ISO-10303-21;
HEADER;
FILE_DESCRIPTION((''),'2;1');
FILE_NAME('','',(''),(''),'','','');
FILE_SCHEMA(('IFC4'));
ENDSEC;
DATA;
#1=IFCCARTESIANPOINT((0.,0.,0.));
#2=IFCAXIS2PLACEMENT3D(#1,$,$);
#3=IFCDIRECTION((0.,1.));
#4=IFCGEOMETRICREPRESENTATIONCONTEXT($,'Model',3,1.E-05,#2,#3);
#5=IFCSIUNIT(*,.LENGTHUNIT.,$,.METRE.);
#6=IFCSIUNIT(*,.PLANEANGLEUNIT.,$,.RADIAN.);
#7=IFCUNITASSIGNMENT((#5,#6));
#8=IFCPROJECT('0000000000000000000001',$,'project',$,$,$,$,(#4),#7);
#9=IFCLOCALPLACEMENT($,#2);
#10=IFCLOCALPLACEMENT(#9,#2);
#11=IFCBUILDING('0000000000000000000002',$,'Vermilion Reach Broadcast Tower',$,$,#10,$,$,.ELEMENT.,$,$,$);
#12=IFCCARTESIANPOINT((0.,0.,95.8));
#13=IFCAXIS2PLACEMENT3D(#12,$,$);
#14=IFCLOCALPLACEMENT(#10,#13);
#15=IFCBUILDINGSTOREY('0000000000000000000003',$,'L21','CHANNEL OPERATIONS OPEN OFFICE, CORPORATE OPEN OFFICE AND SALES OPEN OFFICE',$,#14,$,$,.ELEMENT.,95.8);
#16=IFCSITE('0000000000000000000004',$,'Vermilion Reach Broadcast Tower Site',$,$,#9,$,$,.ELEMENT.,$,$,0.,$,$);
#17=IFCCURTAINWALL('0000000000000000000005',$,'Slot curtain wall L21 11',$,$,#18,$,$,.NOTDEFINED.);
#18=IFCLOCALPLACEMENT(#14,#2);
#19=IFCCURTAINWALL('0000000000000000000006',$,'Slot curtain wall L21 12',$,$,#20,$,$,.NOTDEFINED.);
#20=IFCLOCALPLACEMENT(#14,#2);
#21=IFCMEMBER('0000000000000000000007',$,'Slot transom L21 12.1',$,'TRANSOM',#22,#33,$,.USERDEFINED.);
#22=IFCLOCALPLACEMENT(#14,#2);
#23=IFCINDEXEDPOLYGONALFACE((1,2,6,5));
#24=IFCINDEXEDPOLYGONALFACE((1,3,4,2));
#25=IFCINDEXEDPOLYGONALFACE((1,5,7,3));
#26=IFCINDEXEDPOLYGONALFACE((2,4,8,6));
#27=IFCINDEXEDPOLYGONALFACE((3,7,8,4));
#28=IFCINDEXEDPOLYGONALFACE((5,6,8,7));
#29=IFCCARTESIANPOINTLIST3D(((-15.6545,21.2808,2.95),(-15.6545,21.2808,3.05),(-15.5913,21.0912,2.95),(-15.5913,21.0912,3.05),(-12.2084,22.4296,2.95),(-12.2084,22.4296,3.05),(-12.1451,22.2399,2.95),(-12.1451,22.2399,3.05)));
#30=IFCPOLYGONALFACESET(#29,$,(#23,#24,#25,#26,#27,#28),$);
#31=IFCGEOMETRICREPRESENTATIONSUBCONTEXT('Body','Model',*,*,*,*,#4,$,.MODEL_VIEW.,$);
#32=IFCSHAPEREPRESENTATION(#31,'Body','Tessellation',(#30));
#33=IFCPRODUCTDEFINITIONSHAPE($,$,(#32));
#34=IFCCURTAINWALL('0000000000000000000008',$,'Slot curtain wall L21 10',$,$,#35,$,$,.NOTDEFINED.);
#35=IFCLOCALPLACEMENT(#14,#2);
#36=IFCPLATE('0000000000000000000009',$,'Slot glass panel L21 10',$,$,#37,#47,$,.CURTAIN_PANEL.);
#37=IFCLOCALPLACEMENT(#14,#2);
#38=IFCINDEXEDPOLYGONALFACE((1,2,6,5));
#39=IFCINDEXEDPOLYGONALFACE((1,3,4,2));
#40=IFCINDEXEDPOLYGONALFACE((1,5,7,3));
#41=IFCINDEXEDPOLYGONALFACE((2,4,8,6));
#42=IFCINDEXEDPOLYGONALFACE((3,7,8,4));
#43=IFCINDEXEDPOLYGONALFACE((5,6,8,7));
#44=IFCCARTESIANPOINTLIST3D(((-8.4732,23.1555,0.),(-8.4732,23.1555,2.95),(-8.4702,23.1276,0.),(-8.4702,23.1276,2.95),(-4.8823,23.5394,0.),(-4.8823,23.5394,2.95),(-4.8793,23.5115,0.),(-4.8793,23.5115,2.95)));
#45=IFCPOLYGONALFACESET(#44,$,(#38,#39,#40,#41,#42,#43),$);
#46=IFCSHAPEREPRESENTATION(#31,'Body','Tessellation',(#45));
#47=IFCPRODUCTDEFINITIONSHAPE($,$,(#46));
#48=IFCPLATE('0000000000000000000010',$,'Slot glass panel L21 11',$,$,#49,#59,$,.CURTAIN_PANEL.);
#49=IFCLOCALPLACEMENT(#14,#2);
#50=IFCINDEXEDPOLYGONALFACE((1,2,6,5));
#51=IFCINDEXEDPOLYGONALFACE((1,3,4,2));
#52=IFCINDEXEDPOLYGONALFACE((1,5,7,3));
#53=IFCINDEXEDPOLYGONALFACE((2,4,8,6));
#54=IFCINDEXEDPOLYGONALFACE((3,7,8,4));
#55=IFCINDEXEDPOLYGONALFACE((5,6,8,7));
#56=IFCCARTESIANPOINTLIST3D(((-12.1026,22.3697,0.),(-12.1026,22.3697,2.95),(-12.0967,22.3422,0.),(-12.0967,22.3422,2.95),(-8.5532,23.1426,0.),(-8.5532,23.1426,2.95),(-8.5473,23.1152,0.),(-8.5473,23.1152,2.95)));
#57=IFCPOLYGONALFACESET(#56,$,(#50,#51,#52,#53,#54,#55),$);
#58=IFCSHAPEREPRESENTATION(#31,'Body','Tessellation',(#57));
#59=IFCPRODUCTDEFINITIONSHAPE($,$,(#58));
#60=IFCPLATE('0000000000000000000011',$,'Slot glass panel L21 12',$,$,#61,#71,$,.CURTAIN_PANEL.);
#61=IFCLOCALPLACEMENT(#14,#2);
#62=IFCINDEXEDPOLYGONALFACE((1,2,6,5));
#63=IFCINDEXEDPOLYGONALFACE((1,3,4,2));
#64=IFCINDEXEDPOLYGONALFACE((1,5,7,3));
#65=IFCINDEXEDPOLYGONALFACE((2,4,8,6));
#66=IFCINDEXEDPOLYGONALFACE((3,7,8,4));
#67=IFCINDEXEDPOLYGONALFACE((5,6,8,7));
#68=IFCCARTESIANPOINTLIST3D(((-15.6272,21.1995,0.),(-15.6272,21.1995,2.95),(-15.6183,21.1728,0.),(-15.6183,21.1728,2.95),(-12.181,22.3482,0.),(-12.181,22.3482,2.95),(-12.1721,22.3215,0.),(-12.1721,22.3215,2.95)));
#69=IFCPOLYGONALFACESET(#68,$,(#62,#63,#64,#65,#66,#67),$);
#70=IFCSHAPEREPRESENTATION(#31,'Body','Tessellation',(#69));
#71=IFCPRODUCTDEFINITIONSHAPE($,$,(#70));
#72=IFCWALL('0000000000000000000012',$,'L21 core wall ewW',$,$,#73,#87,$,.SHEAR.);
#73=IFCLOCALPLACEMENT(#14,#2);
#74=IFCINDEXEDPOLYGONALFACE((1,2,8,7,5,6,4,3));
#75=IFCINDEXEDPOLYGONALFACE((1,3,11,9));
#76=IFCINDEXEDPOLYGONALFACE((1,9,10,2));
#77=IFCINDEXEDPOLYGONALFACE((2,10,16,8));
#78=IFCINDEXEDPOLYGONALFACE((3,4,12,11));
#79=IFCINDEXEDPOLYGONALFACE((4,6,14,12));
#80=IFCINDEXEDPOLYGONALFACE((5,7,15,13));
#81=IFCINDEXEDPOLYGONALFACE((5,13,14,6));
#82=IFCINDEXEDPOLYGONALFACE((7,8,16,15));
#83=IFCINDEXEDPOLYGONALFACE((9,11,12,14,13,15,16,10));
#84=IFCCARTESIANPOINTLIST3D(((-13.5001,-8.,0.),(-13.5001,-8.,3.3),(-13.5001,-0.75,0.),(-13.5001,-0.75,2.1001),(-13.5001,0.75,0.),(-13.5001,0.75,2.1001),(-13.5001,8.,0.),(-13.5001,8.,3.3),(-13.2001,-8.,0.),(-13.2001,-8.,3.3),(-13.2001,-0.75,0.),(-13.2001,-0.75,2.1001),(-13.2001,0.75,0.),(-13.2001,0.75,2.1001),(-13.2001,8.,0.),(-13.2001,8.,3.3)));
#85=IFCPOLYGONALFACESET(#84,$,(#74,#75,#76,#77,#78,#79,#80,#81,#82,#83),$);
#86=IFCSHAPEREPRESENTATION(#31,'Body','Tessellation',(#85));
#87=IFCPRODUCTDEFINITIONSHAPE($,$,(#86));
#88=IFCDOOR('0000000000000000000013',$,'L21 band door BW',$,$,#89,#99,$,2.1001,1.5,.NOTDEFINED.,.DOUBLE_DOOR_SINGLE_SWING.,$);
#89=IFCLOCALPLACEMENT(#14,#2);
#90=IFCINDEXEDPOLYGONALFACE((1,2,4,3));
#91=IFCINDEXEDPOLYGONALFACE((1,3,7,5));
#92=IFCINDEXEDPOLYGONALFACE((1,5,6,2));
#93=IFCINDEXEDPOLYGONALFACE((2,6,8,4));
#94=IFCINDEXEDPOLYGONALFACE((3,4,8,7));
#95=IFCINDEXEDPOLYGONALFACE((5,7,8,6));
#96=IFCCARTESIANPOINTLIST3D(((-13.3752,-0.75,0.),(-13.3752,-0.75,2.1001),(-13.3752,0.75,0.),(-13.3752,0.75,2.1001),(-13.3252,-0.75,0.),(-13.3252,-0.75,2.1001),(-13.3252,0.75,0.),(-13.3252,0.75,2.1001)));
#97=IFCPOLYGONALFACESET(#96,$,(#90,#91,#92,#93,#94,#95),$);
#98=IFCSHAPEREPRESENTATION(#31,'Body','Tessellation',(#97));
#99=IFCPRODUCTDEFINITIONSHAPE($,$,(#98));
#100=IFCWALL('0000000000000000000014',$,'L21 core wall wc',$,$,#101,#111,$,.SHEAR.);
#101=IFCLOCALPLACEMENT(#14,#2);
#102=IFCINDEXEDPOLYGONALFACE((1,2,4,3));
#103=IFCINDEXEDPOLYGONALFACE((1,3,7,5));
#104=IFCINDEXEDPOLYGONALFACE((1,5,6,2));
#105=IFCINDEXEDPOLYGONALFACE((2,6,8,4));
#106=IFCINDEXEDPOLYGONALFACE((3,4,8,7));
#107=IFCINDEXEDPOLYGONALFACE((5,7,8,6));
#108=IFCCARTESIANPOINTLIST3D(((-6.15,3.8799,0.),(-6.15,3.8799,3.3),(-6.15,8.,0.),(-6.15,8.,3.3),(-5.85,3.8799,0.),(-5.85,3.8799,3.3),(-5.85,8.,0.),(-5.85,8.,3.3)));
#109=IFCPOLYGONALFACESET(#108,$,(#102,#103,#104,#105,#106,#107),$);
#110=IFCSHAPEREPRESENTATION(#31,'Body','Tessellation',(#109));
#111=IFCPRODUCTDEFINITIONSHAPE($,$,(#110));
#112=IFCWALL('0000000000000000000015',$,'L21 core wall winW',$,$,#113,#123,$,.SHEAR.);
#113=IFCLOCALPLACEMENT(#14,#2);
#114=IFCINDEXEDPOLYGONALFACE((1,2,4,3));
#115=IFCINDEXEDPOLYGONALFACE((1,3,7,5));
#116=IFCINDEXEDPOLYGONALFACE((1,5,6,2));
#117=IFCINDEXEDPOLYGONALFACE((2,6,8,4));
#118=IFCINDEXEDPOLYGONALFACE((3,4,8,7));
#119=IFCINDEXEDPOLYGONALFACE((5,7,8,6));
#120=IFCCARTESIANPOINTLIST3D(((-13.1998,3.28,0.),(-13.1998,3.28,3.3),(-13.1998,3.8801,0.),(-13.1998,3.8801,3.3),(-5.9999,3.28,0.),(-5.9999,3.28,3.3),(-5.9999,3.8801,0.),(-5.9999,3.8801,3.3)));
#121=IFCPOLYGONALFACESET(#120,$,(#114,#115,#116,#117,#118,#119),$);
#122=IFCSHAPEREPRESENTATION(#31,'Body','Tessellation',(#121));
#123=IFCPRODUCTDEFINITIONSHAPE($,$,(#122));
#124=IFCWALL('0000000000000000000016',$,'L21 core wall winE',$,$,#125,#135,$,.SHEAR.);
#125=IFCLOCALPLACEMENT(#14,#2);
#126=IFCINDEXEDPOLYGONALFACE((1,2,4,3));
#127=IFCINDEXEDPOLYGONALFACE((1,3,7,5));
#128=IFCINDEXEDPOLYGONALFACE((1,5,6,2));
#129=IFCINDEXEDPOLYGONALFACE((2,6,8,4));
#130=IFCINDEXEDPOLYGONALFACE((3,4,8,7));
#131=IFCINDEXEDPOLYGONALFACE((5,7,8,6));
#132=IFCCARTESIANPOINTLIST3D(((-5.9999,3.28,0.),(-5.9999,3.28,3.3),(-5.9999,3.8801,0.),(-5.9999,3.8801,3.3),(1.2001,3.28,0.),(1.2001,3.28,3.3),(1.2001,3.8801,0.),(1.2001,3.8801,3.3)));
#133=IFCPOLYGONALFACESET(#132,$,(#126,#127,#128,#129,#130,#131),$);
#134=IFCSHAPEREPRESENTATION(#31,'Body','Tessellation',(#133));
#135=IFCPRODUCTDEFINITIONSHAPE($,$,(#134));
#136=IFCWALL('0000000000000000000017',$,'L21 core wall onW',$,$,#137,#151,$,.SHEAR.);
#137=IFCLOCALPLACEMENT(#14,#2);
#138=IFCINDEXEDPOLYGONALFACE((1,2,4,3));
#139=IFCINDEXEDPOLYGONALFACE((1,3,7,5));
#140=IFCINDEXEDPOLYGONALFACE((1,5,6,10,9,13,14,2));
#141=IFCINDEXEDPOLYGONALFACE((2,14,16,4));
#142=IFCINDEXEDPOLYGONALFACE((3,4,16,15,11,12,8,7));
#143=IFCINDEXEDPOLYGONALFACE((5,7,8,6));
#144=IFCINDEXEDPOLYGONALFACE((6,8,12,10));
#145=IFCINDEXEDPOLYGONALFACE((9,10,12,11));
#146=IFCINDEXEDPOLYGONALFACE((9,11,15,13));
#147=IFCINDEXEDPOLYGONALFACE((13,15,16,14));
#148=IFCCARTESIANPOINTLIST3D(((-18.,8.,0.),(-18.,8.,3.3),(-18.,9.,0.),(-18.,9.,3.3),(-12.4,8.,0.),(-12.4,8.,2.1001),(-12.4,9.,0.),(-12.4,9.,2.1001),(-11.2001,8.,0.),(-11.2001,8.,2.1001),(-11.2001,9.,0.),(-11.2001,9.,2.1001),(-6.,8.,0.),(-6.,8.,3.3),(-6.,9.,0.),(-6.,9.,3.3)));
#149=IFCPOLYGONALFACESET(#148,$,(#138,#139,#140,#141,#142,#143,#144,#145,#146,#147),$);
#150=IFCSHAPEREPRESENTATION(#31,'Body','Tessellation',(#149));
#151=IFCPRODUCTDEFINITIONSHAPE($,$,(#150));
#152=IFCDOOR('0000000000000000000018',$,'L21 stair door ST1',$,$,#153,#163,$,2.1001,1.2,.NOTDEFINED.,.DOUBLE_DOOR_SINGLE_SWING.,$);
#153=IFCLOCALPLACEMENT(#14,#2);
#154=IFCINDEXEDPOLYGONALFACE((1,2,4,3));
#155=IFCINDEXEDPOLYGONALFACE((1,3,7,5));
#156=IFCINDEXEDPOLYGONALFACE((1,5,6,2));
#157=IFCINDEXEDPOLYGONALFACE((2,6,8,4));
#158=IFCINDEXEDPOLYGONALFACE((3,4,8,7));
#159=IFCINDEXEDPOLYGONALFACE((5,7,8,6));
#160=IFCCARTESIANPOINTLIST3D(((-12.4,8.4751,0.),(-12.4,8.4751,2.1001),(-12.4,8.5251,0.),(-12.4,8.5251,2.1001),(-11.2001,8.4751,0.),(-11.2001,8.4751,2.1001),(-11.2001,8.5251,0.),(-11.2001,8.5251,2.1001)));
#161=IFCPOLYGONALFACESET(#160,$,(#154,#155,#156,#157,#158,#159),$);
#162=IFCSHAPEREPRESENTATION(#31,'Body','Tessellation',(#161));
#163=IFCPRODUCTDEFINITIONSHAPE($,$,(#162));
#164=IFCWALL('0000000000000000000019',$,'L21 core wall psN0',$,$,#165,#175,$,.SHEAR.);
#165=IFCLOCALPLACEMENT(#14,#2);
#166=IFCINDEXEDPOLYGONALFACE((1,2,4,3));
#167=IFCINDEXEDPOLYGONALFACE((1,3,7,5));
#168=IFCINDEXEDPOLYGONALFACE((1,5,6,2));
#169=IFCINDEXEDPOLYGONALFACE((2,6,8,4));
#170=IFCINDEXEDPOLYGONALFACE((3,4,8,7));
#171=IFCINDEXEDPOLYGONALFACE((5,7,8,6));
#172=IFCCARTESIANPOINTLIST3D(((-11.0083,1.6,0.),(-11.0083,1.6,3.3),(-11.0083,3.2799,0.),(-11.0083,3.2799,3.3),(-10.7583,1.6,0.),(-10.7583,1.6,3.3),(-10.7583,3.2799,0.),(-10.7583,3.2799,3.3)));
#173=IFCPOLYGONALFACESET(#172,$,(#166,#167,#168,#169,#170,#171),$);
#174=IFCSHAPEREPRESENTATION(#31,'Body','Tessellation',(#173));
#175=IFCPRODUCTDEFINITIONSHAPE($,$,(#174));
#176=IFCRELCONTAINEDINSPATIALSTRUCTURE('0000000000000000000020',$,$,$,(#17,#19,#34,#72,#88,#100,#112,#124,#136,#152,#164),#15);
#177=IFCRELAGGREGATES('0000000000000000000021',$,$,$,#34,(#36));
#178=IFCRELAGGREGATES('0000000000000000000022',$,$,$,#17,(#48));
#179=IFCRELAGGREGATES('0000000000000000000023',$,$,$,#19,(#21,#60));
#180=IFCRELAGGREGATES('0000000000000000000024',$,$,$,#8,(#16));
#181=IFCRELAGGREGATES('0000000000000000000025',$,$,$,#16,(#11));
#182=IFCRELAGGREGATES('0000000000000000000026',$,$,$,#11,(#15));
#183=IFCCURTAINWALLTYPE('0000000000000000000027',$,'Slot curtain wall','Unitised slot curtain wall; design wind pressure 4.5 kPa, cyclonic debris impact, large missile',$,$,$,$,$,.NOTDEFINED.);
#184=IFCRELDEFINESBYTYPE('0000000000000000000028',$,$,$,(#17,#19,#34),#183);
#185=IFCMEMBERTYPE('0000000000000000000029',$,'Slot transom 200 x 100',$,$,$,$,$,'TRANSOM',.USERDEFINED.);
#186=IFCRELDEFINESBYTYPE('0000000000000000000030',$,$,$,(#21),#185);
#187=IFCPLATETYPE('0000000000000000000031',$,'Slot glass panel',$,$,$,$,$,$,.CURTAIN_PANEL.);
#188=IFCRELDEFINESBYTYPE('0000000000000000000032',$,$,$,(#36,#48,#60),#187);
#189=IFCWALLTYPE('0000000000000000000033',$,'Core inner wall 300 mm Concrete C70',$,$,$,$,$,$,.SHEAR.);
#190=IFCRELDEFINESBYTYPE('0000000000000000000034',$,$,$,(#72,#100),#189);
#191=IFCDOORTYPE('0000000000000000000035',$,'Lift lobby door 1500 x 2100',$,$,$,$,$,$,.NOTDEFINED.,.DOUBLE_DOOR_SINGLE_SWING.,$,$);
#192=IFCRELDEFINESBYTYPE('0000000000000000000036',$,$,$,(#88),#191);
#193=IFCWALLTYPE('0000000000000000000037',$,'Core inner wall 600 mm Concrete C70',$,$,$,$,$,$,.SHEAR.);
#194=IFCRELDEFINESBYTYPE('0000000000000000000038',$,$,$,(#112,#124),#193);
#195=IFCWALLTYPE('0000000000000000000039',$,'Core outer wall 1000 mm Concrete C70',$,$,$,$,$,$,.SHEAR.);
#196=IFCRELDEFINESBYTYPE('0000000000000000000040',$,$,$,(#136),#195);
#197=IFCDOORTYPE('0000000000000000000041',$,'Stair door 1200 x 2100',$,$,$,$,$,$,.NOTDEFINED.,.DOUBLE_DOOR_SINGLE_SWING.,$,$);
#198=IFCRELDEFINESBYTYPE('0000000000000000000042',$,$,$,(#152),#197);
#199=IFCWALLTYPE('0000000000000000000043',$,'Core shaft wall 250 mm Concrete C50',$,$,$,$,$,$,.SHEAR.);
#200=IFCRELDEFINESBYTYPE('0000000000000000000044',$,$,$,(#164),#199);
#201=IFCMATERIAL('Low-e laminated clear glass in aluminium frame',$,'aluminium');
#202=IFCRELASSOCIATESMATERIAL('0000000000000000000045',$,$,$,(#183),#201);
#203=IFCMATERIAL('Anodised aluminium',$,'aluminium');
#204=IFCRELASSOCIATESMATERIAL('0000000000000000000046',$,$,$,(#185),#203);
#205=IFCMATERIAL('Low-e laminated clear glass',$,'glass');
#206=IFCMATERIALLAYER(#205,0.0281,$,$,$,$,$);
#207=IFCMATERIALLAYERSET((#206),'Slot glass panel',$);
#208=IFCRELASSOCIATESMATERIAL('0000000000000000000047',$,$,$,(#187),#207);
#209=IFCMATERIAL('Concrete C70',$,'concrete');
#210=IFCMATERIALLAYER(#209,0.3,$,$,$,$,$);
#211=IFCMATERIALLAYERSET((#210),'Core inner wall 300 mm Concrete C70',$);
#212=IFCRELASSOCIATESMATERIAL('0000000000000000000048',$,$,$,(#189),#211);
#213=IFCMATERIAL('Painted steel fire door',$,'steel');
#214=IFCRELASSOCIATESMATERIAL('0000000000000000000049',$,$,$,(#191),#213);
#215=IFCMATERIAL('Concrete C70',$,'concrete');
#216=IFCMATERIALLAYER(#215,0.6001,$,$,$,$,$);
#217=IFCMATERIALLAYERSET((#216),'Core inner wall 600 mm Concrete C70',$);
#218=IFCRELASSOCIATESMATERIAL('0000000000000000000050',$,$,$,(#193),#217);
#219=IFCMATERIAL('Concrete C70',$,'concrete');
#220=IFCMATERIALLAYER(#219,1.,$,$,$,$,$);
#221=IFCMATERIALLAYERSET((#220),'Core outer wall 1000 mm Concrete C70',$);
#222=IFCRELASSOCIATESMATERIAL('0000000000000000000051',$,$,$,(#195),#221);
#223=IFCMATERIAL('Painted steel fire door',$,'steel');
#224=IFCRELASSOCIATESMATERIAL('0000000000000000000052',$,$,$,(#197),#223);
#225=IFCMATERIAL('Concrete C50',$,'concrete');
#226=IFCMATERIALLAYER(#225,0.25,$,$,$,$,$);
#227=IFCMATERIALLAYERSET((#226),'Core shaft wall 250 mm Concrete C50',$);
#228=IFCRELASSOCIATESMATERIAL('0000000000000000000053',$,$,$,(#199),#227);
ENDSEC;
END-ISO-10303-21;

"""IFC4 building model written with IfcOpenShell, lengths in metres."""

from ifc_helpers import new_model, si_unit, direction, frame, frame_2d, origin, origin_2d, place, context, subcontext, project, spatial, rectangle, extrude, material, layer, layer_set, material_profile, profile_set, type_object, element, fill, aggregate, save


model = new_model("IFC4")

# Units and contexts
model_context = context("Model", 3, precision=1e-05, world=origin(), true_north=direction((0.0, 1.0)))
body_context = subcontext(model_context, "Body", "Model", "MODEL_VIEW")
ifc_project = project(units=[si_unit("LENGTHUNIT", "METRE"), si_unit("PLANEANGLEUNIT", "RADIAN")], contexts=[model_context])

# Site, building, storey
site_placement = place(None, origin())
site = spatial("IfcSite", under=ifc_project, at=site_placement, Name="Vermilion Reach Broadcast Tower Site", CompositionType="ELEMENT", RefElevation=0.0)
building_placement = place(site_placement, origin())
building = spatial("IfcBuilding", under=site, at=building_placement, Name="Vermilion Reach Broadcast Tower", CompositionType="ELEMENT")
storey_placement = place(building_placement, frame((0.0, 0.0, 95.8)))
storey = spatial("IfcBuildingStorey", under=building, at=storey_placement, Name="L21", Description="CHANNEL OPERATIONS OPEN OFFICE, CORPORATE OPEN OFFICE AND SALES OPEN OFFICE", CompositionType="ELEMENT", Elevation=95.8)

# Curtain walls
ifc_material_1 = material(Name="Low-e laminated clear glass in aluminium frame", Category="aluminium")
curtain_wall_type = type_object("IfcCurtainWallType", Name="Slot curtain wall", Description="Unitised slot curtain wall; design wind pressure 4.5 kPa, cyclonic debris impact, large missile", PredefinedType="NOTDEFINED", material=ifc_material_1)
placement = place(storey_placement, origin())
curtain_wall_1 = element("IfcCurtainWall", 1, at=placement, inside=storey, type_object=curtain_wall_type, Name="Slot curtain wall L21 11", PredefinedType="NOTDEFINED")
curtain_wall_2 = element("IfcCurtainWall", 2, at=placement, inside=storey, type_object=curtain_wall_type, Name="Slot curtain wall L21 12", PredefinedType="NOTDEFINED")

# Member
ifc_material_2 = material(Name="Anodised aluminium", Category="aluminium")
ifc_material_profile_1 = material_profile(ifc_material_2, rectangle(XDim=0.2, YDim=0.1001, at=origin_2d()), Name="Slot transom 200 x 100")
ifc_profile_set_1 = profile_set([ifc_material_profile_1], Name="Anodised aluminium")
member_type_1 = type_object("IfcMemberType", Name="Slot transom 200 x 100", ElementType="TRANSOM", PredefinedType="USERDEFINED", material=ifc_profile_set_1)
member_1_placement = place(storey_placement, frame((-12.1768, 22.3347, 3.0), z_axis=(-0.948683, -0.316228, 0.0), x_axis=(0.316228, -0.948683, 0.0)))
member_1 = element("IfcMember", 3, at=member_1_placement, type_object=member_type_1, Name="Slot transom L21 12.1", ObjectType="TRANSOM", PredefinedType="USERDEFINED", context=body_context, shape_type="SweptSolid", body=[
    extrude(rectangle(XDim=0.2, YDim=0.1001, at=origin_2d()), origin(), (0.0, 0.0, 1.0), 3.6326),
])

# Curtain wall, plate
curtain_wall_3 = element("IfcCurtainWall", 4, at=placement, inside=storey, type_object=curtain_wall_type, Name="Slot curtain wall L21 10", PredefinedType="NOTDEFINED")
ifc_material_3 = material(Name="Low-e laminated clear glass", Category="glass")
ifc_layer_1 = layer(ifc_material_3, 0.0281)
ifc_layer_set_1 = layer_set([ifc_layer_1], Name="Slot glass panel")
plate_type = type_object("IfcPlateType", Name="Slot glass panel", PredefinedType="CURTAIN_PANEL", material=ifc_layer_set_1)
plate_1_placement = place(storey_placement, frame((-6.6763, 23.3335, 0.0), z_axis=(0.0, 0.0, 1.0), x_axis=(-0.994333, -0.106307, 0.0)))
plate_1 = element("IfcPlate", 5, at=plate_1_placement, type_object=plate_type, Name="Slot glass panel L21 10", PredefinedType="CURTAIN_PANEL", context=body_context, shape_type="SweptSolid", body=[
    extrude(rectangle(XDim=3.6113, YDim=0.0281, at=origin_2d()), origin(), (0.0, 0.0, 1.0), 2.95),
])
aggregate(curtain_wall_3, [plate_1])

# Plates
plate_2_placement = place(storey_placement, frame((-10.325, 22.7424, 0.0), z_axis=(0.0, 0.0, 1.0), x_axis=(-0.977099, -0.212786, 0.0)))
plate_2 = element("IfcPlate", 6, at=plate_2_placement, type_object=plate_type, Name="Slot glass panel L21 11", PredefinedType="CURTAIN_PANEL", context=body_context, shape_type="SweptSolid", body=[
    extrude(rectangle(XDim=3.6326, YDim=0.0281, at=origin_2d()), origin(), (0.0, 0.0, 1.0), 2.95),
])
aggregate(curtain_wall_1, [plate_2])
plate_3_placement = place(storey_placement, frame((-13.8997, 21.7605, 0.0), z_axis=(0.0, 0.0, 1.0), x_axis=(-0.948687, -0.316217, 0.0)))
plate_3 = element("IfcPlate", 7, at=plate_3_placement, type_object=plate_type, Name="Slot glass panel L21 12", PredefinedType="CURTAIN_PANEL", context=body_context, shape_type="SweptSolid", body=[
    extrude(rectangle(XDim=3.6326, YDim=0.0281, at=origin_2d()), origin(), (0.0, 0.0, 1.0), 2.95),
])
aggregate(curtain_wall_2, [member_1, plate_3])

# Wall, opening, door
ifc_material_4 = material(Name="Concrete C70", Category="concrete")
ifc_layer_2 = layer(ifc_material_4, 0.3)
ifc_layer_set_2 = layer_set([ifc_layer_2], Name="Core inner wall 300 mm Concrete C70")
wall_type_1 = type_object("IfcWallType", Name="Core inner wall 300 mm Concrete C70", PredefinedType="SHEAR", material=ifc_layer_set_2)
wall_1_placement = place(storey_placement, frame((-13.3501, 8.0, 0.0), z_axis=(0.0, 0.0, 1.0), x_axis=(0.0, -1.0, 0.0)))
wall_1 = element("IfcWall", 8, at=wall_1_placement, inside=storey, type_object=wall_type_1, Name="L21 core wall ewW", PredefinedType="SHEAR", context=body_context, shape_type="SweptSolid", body=[
    extrude(rectangle(XDim=16.0, YDim=0.3, at=frame_2d((8.0, 0.0))), origin(), (0.0, 0.0, 1.0), 3.3),
])
opening_1_placement = place(wall_1_placement, frame((7.25, 0.0, 0.0)))
opening_1 = element("IfcOpeningElement", 9, at=opening_1_placement, cuts=wall_1, PredefinedType="OPENING", context=body_context, shape_type="SweptSolid", body=[
    extrude(rectangle(XDim=1.5, YDim=2.1001, at=frame_2d((0.75, 1.05))), frame((0.0, 0.1599, 0.0), z_axis=(0.0, -1.0, 0.0), x_axis=(1.0, 0.0, 0.0)), (0.0, 0.0, 1.0), 0.3201),
])
ifc_material_5 = material(Name="Painted steel fire door", Category="steel")
door_type_1 = type_object("IfcDoorType", Name="Lift lobby door 1500 x 2100", OperationType="DOUBLE_DOOR_SINGLE_SWING", PredefinedType="NOTDEFINED", material=ifc_material_5)
door_1_placement = place(opening_1_placement, origin())
door_1 = element("IfcDoor", 10, at=door_1_placement, inside=storey, type_object=door_type_1, Name="L21 band door BW", OperationType="DOUBLE_DOOR_SINGLE_SWING", OverallHeight=2.1001, OverallWidth=1.5, PredefinedType="NOTDEFINED", context=body_context, shape_type="SweptSolid", body=[
    extrude(rectangle(XDim=1.5, YDim=2.1001, at=frame_2d((0.75, 1.05))), frame((0.0, 0.0249, 0.0), z_axis=(0.0, -1.0, 0.0), x_axis=(1.0, 0.0, 0.0)), (0.0, 0.0, 1.0), 0.05),
])
fill(opening_1, door_1)

# Walls
wall_2_placement = place(storey_placement, frame((-6.0, 3.8799, 0.0), z_axis=(0.0, 0.0, 1.0), x_axis=(0.0, 1.0, 0.0)))
element("IfcWall", 11, at=wall_2_placement, inside=storey, type_object=wall_type_1, Name="L21 core wall wc", PredefinedType="SHEAR", context=body_context, shape_type="SweptSolid", body=[
    extrude(rectangle(XDim=4.1201, YDim=0.3, at=frame_2d((2.0601, 0.0))), origin(), (0.0, 0.0, 1.0), 3.3),
])
ifc_material_6 = material(Name="Concrete C70", Category="concrete")
ifc_layer_3 = layer(ifc_material_6, 0.6001)
ifc_layer_set_3 = layer_set([ifc_layer_3], Name="Core inner wall 600 mm Concrete C70")
wall_type_2 = type_object("IfcWallType", Name="Core inner wall 600 mm Concrete C70", PredefinedType="SHEAR", material=ifc_layer_set_3)
for number, where, z_axis, x_axis, name in (
    (12, (-13.2, 3.5801, 0.0), (0.0, 0.0, 1.0), (1.0, 0.0, 0.0), "L21 core wall winW"),
    (13, (-6.0, 3.5801, 0.0), (0.0, 0.0, 1.0), (1.0, 0.0, 0.0), "L21 core wall winE"),
):
    element("IfcWall", number, at=place(storey_placement, frame(where, z_axis=z_axis, x_axis=x_axis)), inside=storey, type_object=wall_type_2, Name=name, PredefinedType="SHEAR", context=body_context, shape_type="SweptSolid", body=[
        extrude(rectangle(XDim=7.2, YDim=0.6001, at=frame_2d((3.6001, 0.0))), origin(), (0.0, 0.0, 1.0), 3.3),
    ])

# Wall, opening, door
ifc_material_7 = material(Name="Concrete C70", Category="concrete")
ifc_layer_4 = layer(ifc_material_7, 1.0)
ifc_layer_set_4 = layer_set([ifc_layer_4], Name="Core outer wall 1000 mm Concrete C70")
wall_type_3 = type_object("IfcWallType", Name="Core outer wall 1000 mm Concrete C70", PredefinedType="SHEAR", material=ifc_layer_set_4)
wall_3_placement = place(storey_placement, frame((-6.0, 8.5, 0.0), z_axis=(0.0, 0.0, 1.0), x_axis=(-1.0, 0.0, 0.0)))
wall_3 = element("IfcWall", 14, at=wall_3_placement, inside=storey, type_object=wall_type_3, Name="L21 core wall onW", PredefinedType="SHEAR", context=body_context, shape_type="SweptSolid", body=[
    extrude(rectangle(XDim=12.0, YDim=1.0, at=frame_2d((6.0, 0.0))), origin(), (0.0, 0.0, 1.0), 3.3),
])
opening_2_placement = place(wall_3_placement, frame((5.2, 0.0, 0.0)))
opening_2 = element("IfcOpeningElement", 15, at=opening_2_placement, cuts=wall_3, PredefinedType="OPENING", context=body_context, shape_type="SweptSolid", body=[
    extrude(rectangle(XDim=1.2, YDim=2.1001, at=frame_2d((0.6001, 1.05))), frame((0.0, 0.51, 0.0), z_axis=(0.0, -1.0, 0.0), x_axis=(1.0, 0.0, 0.0)), (0.0, 0.0, 1.0), 1.02),
])
ifc_material_8 = material(Name="Painted steel fire door", Category="steel")
door_type_2 = type_object("IfcDoorType", Name="Stair door 1200 x 2100", OperationType="DOUBLE_DOOR_SINGLE_SWING", PredefinedType="NOTDEFINED", material=ifc_material_8)
door_2_placement = place(opening_2_placement, origin())
door_2 = element("IfcDoor", 16, at=door_2_placement, inside=storey, type_object=door_type_2, Name="L21 stair door ST1", OperationType="DOUBLE_DOOR_SINGLE_SWING", OverallHeight=2.1001, OverallWidth=1.2, PredefinedType="NOTDEFINED", context=body_context, shape_type="SweptSolid", body=[
    extrude(rectangle(XDim=1.2, YDim=2.1001, at=frame_2d((0.6001, 1.05))), frame((0.0, 0.0249, 0.0), z_axis=(0.0, -1.0, 0.0), x_axis=(1.0, 0.0, 0.0)), (0.0, 0.0, 1.0), 0.05),
])
fill(opening_2, door_2)

# Wall
ifc_material_9 = material(Name="Concrete C50", Category="concrete")
ifc_layer_5 = layer(ifc_material_9, 0.25)
ifc_layer_set_5 = layer_set([ifc_layer_5], Name="Core shaft wall 250 mm Concrete C50")
wall_type_4 = type_object("IfcWallType", Name="Core shaft wall 250 mm Concrete C50", PredefinedType="SHEAR", material=ifc_layer_set_5)
for number, where, z_axis, x_axis, name in (
    (17, (-10.8833, 1.6001, 0.0), (0.0, 0.0, 1.0), (0.0, 1.0, 0.0), "L21 core wall psN0"),
):
    element("IfcWall", number, at=place(storey_placement, frame(where, z_axis=z_axis, x_axis=x_axis)), inside=storey, type_object=wall_type_4, Name=name, PredefinedType="SHEAR", context=body_context, shape_type="SweptSolid", body=[
        extrude(rectangle(XDim=1.6799, YDim=0.25, at=frame_2d((0.8398, 0.0))), origin(), (0.0, 0.0, 1.0), 3.3),
    ])

save(model, "model.ifc")
